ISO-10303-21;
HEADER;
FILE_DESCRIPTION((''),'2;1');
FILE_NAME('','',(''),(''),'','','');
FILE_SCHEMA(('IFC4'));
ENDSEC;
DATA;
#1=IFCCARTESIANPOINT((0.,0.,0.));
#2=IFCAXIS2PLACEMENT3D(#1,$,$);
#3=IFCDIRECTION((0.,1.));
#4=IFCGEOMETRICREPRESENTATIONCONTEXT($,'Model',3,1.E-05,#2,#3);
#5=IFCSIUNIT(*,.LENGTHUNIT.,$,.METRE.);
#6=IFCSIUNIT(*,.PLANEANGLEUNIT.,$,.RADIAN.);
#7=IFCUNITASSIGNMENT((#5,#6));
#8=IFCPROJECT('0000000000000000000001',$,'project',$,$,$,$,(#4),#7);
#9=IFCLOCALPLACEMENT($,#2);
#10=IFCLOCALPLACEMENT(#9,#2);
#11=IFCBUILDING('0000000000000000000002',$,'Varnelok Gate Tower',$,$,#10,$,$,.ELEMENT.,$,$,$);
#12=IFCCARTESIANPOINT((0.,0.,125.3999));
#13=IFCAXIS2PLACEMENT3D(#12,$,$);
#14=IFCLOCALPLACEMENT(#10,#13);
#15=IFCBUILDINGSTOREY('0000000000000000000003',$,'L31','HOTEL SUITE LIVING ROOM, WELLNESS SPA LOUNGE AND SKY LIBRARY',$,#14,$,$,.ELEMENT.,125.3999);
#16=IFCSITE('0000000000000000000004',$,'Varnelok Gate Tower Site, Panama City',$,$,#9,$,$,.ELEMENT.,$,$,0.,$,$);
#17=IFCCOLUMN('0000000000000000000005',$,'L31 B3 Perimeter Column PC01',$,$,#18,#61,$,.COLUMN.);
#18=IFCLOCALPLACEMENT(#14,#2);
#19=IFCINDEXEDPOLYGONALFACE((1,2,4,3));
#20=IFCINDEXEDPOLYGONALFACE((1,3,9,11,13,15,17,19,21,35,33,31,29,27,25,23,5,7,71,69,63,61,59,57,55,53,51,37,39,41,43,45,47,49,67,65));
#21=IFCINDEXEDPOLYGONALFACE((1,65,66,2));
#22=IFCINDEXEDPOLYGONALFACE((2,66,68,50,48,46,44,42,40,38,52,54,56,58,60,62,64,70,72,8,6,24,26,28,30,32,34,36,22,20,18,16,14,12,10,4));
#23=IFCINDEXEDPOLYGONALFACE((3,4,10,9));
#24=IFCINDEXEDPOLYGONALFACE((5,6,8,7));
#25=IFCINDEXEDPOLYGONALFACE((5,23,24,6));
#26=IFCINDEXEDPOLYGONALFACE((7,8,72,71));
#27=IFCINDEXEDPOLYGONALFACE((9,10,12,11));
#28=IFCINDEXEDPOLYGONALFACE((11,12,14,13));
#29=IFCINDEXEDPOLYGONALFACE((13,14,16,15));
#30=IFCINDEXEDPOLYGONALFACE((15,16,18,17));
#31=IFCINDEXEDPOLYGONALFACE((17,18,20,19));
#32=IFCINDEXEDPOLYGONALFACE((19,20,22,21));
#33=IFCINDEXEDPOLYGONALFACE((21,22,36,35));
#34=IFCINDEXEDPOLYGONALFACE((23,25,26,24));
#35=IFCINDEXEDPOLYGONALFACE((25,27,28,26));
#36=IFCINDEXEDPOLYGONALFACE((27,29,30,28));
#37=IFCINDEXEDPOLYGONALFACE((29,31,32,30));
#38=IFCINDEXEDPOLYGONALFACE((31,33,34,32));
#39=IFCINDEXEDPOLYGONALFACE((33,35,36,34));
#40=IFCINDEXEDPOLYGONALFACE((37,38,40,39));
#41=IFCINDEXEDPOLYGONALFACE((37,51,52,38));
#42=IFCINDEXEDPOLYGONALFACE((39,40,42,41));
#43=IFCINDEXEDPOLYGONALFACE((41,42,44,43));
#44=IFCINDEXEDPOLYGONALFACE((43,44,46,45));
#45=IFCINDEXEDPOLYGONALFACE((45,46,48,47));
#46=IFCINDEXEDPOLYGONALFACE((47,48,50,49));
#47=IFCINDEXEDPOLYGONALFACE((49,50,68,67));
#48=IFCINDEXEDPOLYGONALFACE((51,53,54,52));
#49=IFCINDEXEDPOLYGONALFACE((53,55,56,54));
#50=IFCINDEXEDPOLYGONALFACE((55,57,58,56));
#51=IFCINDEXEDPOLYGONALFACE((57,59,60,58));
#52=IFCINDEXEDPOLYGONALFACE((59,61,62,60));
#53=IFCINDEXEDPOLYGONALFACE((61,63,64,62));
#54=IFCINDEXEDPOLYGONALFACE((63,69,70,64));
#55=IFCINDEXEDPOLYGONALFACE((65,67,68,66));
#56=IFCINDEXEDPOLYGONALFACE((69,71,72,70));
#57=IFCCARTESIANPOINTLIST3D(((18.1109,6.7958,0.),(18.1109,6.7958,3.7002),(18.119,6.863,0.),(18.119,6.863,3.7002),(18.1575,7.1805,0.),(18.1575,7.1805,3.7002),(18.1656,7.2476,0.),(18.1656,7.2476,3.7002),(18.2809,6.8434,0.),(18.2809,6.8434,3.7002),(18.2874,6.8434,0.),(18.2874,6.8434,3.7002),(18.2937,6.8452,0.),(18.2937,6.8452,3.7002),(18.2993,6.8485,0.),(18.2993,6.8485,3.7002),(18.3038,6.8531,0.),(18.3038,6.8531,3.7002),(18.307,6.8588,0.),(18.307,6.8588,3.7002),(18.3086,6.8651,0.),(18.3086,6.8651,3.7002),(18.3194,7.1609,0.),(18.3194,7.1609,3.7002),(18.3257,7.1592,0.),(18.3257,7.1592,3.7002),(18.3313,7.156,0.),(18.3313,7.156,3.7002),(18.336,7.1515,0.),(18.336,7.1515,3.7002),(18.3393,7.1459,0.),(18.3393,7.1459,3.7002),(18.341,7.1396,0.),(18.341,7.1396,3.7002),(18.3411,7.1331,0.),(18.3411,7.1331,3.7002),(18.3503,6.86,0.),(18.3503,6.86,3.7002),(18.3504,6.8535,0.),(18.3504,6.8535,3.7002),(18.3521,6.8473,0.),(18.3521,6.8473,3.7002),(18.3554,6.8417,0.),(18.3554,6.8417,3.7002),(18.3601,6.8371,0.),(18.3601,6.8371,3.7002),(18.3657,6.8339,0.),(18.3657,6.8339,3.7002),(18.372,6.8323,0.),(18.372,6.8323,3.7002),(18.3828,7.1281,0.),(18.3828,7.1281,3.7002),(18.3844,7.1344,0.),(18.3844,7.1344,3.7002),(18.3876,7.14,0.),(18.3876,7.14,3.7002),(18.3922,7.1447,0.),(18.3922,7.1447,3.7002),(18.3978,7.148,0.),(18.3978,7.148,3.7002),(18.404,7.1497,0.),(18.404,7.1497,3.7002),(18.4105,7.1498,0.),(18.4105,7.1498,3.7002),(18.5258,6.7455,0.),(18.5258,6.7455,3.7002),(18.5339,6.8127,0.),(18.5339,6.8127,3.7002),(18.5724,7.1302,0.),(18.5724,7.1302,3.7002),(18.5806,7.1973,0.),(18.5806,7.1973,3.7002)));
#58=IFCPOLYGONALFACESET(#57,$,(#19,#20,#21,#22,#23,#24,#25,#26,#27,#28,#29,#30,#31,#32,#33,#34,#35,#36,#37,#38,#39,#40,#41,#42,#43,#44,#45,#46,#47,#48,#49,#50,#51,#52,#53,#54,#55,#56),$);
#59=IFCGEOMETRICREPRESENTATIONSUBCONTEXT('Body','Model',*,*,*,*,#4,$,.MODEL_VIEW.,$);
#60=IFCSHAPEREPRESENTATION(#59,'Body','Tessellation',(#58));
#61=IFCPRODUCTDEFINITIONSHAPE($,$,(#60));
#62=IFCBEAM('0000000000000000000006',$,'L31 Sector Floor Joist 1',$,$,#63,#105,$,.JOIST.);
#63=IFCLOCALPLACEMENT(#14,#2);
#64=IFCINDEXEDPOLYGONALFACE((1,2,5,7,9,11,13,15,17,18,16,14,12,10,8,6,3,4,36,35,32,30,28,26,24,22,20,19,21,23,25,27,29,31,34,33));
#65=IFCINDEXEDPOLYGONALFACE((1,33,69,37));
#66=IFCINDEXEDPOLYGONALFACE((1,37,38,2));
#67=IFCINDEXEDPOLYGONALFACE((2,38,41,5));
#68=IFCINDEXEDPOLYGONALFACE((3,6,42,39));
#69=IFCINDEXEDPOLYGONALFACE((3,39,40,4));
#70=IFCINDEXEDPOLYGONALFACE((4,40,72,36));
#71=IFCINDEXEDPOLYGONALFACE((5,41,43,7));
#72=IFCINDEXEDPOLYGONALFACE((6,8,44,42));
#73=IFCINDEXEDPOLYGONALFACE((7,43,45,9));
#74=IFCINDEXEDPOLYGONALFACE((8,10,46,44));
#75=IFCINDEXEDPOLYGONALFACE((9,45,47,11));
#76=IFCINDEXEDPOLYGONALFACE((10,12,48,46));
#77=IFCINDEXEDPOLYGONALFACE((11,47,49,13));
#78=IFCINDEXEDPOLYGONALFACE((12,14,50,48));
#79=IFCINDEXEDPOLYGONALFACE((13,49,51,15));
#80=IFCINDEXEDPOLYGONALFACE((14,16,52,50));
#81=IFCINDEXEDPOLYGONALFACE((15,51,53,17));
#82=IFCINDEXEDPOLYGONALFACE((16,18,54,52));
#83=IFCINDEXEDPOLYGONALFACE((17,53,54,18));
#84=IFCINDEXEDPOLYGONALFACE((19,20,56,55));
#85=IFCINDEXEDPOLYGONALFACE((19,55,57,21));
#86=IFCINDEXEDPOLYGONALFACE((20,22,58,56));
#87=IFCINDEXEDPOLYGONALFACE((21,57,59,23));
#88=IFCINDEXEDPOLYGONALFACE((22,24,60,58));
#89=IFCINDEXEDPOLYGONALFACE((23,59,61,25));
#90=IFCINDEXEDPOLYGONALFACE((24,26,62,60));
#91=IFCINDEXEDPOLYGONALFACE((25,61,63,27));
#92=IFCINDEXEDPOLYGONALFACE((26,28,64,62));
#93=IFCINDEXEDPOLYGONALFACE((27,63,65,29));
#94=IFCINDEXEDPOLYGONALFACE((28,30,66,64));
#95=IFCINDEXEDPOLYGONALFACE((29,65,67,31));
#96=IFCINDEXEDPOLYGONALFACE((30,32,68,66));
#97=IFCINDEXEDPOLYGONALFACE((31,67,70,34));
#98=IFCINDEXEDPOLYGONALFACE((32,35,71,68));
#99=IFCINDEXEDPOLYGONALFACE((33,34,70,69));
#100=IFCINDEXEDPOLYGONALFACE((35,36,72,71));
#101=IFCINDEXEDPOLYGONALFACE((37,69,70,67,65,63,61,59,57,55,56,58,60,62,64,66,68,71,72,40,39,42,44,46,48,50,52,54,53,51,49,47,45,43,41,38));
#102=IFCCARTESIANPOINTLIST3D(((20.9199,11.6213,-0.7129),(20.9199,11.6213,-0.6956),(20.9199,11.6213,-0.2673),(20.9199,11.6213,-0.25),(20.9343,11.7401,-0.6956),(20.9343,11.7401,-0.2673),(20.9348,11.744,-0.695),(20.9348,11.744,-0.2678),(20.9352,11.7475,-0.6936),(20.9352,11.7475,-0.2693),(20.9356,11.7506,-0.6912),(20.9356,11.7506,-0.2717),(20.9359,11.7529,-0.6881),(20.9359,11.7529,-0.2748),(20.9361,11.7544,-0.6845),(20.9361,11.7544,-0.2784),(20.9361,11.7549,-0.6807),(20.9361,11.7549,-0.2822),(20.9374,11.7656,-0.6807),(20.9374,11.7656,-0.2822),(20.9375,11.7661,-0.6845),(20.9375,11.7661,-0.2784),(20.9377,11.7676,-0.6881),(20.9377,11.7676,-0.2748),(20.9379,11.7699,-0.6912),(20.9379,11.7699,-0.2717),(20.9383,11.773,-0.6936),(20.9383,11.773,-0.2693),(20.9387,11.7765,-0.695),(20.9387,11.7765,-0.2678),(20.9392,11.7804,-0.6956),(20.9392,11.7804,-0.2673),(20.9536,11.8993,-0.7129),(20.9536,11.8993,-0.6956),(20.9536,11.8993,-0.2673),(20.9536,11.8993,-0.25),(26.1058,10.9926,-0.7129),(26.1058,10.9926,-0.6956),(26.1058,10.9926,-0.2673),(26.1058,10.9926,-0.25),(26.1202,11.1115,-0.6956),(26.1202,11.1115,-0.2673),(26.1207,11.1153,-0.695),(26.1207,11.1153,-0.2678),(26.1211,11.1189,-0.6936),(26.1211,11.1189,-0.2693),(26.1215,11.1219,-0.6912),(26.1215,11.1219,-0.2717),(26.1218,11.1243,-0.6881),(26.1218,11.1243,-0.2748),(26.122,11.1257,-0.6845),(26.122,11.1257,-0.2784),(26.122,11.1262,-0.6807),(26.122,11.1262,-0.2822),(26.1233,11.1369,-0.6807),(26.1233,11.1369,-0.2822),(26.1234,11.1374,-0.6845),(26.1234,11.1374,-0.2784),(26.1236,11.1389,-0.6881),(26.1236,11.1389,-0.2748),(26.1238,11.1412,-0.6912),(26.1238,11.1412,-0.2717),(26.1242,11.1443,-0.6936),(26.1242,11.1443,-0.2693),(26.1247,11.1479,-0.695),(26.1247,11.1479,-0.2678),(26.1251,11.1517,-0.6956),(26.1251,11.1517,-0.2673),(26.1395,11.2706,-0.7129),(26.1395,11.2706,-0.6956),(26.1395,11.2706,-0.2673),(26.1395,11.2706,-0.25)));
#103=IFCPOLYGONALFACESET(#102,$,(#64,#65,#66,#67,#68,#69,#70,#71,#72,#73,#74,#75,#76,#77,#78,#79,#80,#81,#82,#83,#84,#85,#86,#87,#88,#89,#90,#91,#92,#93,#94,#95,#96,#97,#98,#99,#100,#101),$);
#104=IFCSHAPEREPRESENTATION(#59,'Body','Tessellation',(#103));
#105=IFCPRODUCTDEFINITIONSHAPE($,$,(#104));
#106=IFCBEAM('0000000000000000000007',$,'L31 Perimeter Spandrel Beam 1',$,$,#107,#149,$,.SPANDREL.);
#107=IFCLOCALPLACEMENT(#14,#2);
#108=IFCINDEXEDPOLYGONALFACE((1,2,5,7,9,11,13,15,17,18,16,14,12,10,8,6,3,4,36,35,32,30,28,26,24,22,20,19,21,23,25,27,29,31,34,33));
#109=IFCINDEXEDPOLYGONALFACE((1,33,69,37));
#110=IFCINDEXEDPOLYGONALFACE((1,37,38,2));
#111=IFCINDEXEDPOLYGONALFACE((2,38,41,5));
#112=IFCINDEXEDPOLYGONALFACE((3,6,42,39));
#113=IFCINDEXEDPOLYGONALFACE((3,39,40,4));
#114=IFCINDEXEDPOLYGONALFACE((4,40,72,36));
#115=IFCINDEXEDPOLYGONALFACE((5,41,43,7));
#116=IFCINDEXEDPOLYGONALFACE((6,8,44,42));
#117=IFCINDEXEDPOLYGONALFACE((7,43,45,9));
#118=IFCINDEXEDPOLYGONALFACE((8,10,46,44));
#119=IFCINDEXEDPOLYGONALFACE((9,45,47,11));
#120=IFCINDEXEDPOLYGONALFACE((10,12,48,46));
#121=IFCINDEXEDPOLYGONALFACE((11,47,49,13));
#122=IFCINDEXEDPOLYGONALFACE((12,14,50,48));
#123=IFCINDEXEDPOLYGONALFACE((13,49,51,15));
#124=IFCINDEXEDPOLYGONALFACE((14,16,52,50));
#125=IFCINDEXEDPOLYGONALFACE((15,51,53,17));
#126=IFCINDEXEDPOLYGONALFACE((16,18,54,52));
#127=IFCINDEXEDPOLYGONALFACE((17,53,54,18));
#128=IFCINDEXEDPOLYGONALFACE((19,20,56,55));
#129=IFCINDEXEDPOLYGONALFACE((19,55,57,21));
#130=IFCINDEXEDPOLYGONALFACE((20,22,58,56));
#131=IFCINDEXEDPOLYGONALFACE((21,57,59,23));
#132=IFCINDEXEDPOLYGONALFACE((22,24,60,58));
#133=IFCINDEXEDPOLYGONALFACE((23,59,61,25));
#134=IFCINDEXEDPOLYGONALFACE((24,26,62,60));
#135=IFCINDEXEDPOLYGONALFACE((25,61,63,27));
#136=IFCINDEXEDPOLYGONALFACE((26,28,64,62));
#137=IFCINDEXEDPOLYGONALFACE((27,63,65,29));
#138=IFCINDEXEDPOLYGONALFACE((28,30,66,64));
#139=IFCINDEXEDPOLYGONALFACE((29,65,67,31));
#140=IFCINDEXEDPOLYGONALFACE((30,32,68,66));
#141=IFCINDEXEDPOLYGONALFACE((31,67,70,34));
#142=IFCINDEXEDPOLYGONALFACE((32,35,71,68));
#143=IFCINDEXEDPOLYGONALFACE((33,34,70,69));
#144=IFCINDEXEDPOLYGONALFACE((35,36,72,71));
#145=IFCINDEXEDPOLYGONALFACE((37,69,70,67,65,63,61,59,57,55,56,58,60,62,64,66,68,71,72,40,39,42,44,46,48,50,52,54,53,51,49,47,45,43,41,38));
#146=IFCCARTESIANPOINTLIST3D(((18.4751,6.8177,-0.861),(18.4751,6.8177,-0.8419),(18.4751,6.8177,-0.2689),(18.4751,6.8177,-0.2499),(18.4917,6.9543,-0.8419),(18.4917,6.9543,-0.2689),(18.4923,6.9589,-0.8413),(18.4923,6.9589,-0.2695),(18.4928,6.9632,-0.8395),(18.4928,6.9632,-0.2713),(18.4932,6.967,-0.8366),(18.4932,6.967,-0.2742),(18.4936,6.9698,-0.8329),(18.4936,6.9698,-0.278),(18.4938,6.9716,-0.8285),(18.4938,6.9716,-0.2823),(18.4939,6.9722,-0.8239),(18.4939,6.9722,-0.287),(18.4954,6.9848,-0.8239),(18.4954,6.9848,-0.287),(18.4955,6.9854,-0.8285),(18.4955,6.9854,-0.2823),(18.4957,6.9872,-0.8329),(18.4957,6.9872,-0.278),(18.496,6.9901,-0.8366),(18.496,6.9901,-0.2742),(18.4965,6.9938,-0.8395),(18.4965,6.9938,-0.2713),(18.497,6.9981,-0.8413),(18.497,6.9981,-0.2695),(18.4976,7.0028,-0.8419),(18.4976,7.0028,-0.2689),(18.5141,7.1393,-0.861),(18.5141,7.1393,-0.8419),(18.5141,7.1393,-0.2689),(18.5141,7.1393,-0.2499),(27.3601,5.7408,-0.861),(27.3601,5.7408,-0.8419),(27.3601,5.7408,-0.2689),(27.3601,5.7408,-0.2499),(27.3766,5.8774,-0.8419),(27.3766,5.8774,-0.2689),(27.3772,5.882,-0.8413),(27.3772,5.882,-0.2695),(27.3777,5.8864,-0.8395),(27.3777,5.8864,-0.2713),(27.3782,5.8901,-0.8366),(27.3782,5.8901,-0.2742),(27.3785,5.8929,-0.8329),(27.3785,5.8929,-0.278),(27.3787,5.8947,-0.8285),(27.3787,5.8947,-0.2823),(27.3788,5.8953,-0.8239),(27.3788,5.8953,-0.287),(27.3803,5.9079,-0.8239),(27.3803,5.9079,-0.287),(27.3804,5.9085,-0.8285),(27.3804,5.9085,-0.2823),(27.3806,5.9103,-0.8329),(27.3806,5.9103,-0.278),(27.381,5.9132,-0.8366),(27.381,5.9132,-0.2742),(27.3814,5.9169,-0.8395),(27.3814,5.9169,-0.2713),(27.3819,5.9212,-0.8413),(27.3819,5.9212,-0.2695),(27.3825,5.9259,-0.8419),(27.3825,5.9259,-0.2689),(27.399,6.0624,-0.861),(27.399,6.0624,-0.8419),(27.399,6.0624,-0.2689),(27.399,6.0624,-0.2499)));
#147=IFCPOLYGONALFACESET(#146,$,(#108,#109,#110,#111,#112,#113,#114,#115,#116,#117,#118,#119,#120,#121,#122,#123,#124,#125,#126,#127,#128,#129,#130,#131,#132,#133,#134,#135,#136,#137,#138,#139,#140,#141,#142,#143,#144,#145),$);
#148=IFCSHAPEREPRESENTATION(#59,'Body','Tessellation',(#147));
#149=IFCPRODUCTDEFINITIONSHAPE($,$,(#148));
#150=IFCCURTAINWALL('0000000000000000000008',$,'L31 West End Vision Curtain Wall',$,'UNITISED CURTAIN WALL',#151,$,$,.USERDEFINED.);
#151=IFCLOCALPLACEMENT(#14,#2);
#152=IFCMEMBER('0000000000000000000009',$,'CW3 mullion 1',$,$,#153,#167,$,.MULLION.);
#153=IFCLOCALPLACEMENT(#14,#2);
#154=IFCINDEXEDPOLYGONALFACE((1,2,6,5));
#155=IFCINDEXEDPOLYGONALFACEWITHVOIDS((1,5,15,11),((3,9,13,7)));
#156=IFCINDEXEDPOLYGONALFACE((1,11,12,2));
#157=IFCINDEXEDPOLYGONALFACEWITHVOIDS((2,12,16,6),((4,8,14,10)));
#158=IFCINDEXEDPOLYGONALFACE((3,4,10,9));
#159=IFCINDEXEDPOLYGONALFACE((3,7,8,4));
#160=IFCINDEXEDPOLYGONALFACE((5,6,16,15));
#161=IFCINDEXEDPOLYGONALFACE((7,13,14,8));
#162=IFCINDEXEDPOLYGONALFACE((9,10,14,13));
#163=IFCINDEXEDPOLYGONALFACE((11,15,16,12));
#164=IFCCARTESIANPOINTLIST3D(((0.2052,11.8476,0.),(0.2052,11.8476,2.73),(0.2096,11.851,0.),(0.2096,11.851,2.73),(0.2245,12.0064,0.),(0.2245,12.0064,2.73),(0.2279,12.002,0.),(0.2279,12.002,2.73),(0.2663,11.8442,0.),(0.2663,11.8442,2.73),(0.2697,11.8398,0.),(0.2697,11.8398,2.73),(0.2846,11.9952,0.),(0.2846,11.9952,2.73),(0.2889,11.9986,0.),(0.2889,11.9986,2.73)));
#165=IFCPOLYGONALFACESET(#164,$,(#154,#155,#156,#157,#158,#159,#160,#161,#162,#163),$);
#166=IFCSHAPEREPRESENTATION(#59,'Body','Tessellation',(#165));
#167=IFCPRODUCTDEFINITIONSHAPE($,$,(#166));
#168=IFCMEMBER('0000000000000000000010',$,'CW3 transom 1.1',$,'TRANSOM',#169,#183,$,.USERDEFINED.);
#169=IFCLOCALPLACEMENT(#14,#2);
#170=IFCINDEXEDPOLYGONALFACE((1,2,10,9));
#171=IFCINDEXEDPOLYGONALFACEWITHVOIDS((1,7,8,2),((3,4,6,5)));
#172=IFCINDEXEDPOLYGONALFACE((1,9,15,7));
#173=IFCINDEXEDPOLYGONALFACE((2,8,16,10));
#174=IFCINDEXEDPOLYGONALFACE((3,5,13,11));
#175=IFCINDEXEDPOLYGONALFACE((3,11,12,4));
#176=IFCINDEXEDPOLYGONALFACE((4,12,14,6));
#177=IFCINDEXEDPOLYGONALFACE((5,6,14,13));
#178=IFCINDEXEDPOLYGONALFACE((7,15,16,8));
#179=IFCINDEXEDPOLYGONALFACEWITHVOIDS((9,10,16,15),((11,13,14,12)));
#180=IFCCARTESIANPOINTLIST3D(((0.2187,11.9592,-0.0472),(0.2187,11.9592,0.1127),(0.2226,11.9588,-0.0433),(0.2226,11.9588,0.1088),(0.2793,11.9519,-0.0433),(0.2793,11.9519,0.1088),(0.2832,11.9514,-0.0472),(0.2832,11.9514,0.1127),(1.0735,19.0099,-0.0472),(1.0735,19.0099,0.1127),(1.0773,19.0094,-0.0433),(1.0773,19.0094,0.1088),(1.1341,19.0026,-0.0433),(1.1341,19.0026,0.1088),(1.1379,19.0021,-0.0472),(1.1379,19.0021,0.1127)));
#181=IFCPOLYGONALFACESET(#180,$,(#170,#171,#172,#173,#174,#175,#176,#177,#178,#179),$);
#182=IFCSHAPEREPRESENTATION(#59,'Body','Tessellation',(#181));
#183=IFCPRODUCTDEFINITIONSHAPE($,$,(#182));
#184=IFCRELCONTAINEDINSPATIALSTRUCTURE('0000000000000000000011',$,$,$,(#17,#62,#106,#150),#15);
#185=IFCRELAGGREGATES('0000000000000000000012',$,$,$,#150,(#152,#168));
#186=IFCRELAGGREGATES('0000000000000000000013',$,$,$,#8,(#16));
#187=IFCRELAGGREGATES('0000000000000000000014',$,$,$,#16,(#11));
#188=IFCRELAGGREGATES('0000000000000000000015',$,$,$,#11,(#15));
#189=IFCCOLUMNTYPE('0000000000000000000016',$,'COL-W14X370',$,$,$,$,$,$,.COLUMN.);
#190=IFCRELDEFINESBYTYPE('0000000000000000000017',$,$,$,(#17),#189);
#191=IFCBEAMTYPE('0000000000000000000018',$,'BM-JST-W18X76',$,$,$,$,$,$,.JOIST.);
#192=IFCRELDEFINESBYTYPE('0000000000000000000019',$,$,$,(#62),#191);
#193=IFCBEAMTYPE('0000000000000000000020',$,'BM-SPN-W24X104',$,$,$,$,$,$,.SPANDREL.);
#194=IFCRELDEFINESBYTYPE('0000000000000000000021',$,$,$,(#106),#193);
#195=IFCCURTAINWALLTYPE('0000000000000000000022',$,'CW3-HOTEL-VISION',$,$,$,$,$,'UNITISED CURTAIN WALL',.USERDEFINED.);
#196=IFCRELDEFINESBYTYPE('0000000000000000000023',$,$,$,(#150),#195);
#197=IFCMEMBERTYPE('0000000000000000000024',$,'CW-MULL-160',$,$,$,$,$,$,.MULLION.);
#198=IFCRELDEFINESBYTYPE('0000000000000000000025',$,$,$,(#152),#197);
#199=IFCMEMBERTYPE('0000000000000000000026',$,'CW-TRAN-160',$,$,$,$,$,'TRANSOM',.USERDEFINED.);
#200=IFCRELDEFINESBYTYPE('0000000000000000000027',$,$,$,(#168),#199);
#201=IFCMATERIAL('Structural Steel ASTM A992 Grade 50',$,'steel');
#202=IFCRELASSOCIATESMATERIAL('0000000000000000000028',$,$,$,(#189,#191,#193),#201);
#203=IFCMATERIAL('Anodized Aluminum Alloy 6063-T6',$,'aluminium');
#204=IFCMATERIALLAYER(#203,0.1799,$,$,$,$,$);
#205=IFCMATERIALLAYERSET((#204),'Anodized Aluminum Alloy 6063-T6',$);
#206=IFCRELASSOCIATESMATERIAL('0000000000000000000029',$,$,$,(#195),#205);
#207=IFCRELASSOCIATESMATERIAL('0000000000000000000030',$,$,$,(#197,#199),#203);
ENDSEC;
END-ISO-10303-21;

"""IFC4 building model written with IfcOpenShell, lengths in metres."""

from ifc_helpers import new_model, si_unit, direction, frame, origin, origin_2d, place, context, subcontext, project, spatial, hollow_rectangle, i_section, extrude, material, layer, layer_set, material_profile, profile_set, type_object, element, aggregate, save


model = new_model("IFC4")

# Units and contexts
model_context = context("Model", 3, precision=1e-05, world=origin(), true_north=direction((0.0, 1.0)))
body_context = subcontext(model_context, "Body", "Model", "MODEL_VIEW")
ifc_project = project(units=[si_unit("LENGTHUNIT", "METRE"), si_unit("PLANEANGLEUNIT", "RADIAN")], contexts=[model_context])

# Site, building, storey
site_placement = place(None, origin())
site = spatial("IfcSite", under=ifc_project, at=site_placement, Name="Varnelok Gate Tower Site, Panama City", CompositionType="ELEMENT", RefElevation=0.0)
building_placement = place(site_placement, origin())
building = spatial("IfcBuilding", under=site, at=building_placement, Name="Varnelok Gate Tower", CompositionType="ELEMENT")
storey_placement = place(building_placement, frame((0.0, 0.0, 125.3999)))
storey = spatial("IfcBuildingStorey", under=building, at=storey_placement, Name="L31", Description="HOTEL SUITE LIVING ROOM, WELLNESS SPA LOUNGE AND SKY LIBRARY", CompositionType="ELEMENT", Elevation=125.3999)

# Column
ifc_material_1 = material(Name="Structural Steel ASTM A992 Grade 50", Category="steel")
ifc_material_profile_1 = material_profile(ifc_material_1, i_section(OverallWidth=0.418, OverallDepth=0.4551, WebThickness=0.042, FlangeThickness=0.0676, FilletRadius=0.0249, at=origin_2d()), Name="W14X370")
ifc_profile_set_1 = profile_set([ifc_material_profile_1], Name="Structural Steel ASTM A992 Grade 50")
column_type = type_object("IfcColumnType", Name="COL-W14X370", PredefinedType="COLUMN", material=ifc_profile_set_1)
column_placement = place(storey_placement, frame((18.3457, 6.9966, 0.0), z_axis=(0.0, 0.0, 1.0), x_axis=(0.992732, -0.120345, 0.0)))
element("IfcColumn", 1, at=column_placement, inside=storey, type_object=column_type, Name="L31 B3 Perimeter Column PC01", PredefinedType="COLUMN", context=body_context, shape_type="SweptSolid", body=[
    extrude(i_section(OverallWidth=0.418, OverallDepth=0.4551, WebThickness=0.042, FlangeThickness=0.0676, FilletRadius=0.0249, at=origin_2d()), origin(), (0.0, 0.0, 1.0), 3.7002),
])

# Beams
ifc_material_profile_2 = material_profile(ifc_material_1, i_section(OverallWidth=0.28, OverallDepth=0.4629, WebThickness=0.0107, FlangeThickness=0.0173, FilletRadius=0.0149, at=origin_2d()), Name="W18X76")
ifc_profile_set_2 = profile_set([ifc_material_profile_2], Name="Structural Steel ASTM A992 Grade 50")
beam_type_1 = type_object("IfcBeamType", Name="BM-JST-W18X76", PredefinedType="JOIST", material=ifc_profile_set_2)
beam_1_placement = place(storey_placement, frame((20.9368, 11.7603, -0.4814), z_axis=(0.992732, -0.120347, 0.0), x_axis=(0.120347, 0.992732, 0.0)))
element("IfcBeam", 2, at=beam_1_placement, inside=storey, type_object=beam_type_1, Name="L31 Sector Floor Joist 1", PredefinedType="JOIST", context=body_context, shape_type="SweptSolid", body=[
    extrude(i_section(OverallWidth=0.28, OverallDepth=0.4629, WebThickness=0.0107, FlangeThickness=0.0173, FilletRadius=0.0149, at=origin_2d()), origin(), (0.0, 0.0, 1.0), 5.2239),
])
ifc_material_profile_3 = material_profile(ifc_material_1, i_section(OverallWidth=0.324, OverallDepth=0.6111, WebThickness=0.0127, FlangeThickness=0.019, FilletRadius=0.0181, at=origin_2d()), Name="W24X104")
ifc_profile_set_3 = profile_set([ifc_material_profile_3], Name="Structural Steel ASTM A992 Grade 50")
beam_type_2 = type_object("IfcBeamType", Name="BM-SPN-W24X104", PredefinedType="SPANDREL", material=ifc_profile_set_3)
beam_2_placement = place(storey_placement, frame((18.4946, 6.9785, -0.5554), z_axis=(0.992735, -0.120324, 0.0), x_axis=(0.120324, 0.992735, 0.0)))
element("IfcBeam", 3, at=beam_2_placement, inside=storey, type_object=beam_type_2, Name="L31 Perimeter Spandrel Beam 1", PredefinedType="SPANDREL", context=body_context, shape_type="SweptSolid", body=[
    extrude(i_section(OverallWidth=0.324, OverallDepth=0.6111, WebThickness=0.0127, FlangeThickness=0.019, FilletRadius=0.0181, at=origin_2d()), origin(), (0.0, 0.0, 1.0), 8.95),
])

# Curtain wall, members
ifc_material_2 = material(Name="Anodized Aluminum Alloy 6063-T6", Category="aluminium")
ifc_layer_1 = layer(ifc_material_2, 0.1799)
ifc_layer_set_1 = layer_set([ifc_layer_1], Name="Anodized Aluminum Alloy 6063-T6")
curtain_wall_type = type_object("IfcCurtainWallType", Name="CW3-HOTEL-VISION", ElementType="UNITISED CURTAIN WALL", PredefinedType="USERDEFINED", material=ifc_layer_set_1)
curtain_wall_placement = place(storey_placement, origin())
curtain_wall = element("IfcCurtainWall", 4, at=curtain_wall_placement, inside=storey, type_object=curtain_wall_type, Name="L31 West End Vision Curtain Wall", ObjectType="UNITISED CURTAIN WALL", PredefinedType="USERDEFINED")
ifc_material_profile_4 = material_profile(ifc_material_2, hollow_rectangle(XDim=0.0649, YDim=0.1599, WallThickness=0.0039, at=origin_2d()), Name="ALU160X65X4")
ifc_profile_set_4 = profile_set([ifc_material_profile_4], Name="Anodized Aluminum Alloy 6063-T6")
member_type_1 = type_object("IfcMemberType", Name="CW-MULL-160", PredefinedType="MULLION", material=ifc_profile_set_4)
member_1_placement = place(storey_placement, frame((0.2471, 11.9231, 0.0), z_axis=(0.0, 0.0, 1.0), x_axis=(-0.992732, 0.120347, 0.0)))
member_1 = element("IfcMember", 5, at=member_1_placement, type_object=member_type_1, Name="CW3 mullion 1", PredefinedType="MULLION", context=body_context, shape_type="SweptSolid", body=[
    extrude(hollow_rectangle(XDim=0.0649, YDim=0.1599, WallThickness=0.0039, at=origin_2d()), origin(), (0.0, 0.0, 1.0), 2.73),
])
ifc_material_profile_5 = material_profile(ifc_material_2, hollow_rectangle(XDim=0.0649, YDim=0.1599, WallThickness=0.0039, at=origin_2d()), Name="ALU160X65X4")
ifc_profile_set_5 = profile_set([ifc_material_profile_5], Name="Anodized Aluminum Alloy 6063-T6")
member_type_2 = type_object("IfcMemberType", Name="CW-TRAN-160", ElementType="TRANSOM", PredefinedType="USERDEFINED", material=ifc_profile_set_5)
member_2_placement = place(storey_placement, frame((0.251, 11.9553, 0.0327), z_axis=(0.120345, 0.992732, 0.0), x_axis=(-0.992732, 0.120345, 0.0)))
member_2 = element("IfcMember", 6, at=member_2_placement, type_object=member_type_2, Name="CW3 transom 1.1", ObjectType="TRANSOM", PredefinedType="USERDEFINED", context=body_context, shape_type="SweptSolid", body=[
    extrude(hollow_rectangle(XDim=0.0649, YDim=0.1599, WallThickness=0.0039, at=origin_2d()), origin(), (0.0, 0.0, 1.0), 7.1023),
])
aggregate(curtain_wall, [member_1, member_2])

save(model, "model.ifc")
